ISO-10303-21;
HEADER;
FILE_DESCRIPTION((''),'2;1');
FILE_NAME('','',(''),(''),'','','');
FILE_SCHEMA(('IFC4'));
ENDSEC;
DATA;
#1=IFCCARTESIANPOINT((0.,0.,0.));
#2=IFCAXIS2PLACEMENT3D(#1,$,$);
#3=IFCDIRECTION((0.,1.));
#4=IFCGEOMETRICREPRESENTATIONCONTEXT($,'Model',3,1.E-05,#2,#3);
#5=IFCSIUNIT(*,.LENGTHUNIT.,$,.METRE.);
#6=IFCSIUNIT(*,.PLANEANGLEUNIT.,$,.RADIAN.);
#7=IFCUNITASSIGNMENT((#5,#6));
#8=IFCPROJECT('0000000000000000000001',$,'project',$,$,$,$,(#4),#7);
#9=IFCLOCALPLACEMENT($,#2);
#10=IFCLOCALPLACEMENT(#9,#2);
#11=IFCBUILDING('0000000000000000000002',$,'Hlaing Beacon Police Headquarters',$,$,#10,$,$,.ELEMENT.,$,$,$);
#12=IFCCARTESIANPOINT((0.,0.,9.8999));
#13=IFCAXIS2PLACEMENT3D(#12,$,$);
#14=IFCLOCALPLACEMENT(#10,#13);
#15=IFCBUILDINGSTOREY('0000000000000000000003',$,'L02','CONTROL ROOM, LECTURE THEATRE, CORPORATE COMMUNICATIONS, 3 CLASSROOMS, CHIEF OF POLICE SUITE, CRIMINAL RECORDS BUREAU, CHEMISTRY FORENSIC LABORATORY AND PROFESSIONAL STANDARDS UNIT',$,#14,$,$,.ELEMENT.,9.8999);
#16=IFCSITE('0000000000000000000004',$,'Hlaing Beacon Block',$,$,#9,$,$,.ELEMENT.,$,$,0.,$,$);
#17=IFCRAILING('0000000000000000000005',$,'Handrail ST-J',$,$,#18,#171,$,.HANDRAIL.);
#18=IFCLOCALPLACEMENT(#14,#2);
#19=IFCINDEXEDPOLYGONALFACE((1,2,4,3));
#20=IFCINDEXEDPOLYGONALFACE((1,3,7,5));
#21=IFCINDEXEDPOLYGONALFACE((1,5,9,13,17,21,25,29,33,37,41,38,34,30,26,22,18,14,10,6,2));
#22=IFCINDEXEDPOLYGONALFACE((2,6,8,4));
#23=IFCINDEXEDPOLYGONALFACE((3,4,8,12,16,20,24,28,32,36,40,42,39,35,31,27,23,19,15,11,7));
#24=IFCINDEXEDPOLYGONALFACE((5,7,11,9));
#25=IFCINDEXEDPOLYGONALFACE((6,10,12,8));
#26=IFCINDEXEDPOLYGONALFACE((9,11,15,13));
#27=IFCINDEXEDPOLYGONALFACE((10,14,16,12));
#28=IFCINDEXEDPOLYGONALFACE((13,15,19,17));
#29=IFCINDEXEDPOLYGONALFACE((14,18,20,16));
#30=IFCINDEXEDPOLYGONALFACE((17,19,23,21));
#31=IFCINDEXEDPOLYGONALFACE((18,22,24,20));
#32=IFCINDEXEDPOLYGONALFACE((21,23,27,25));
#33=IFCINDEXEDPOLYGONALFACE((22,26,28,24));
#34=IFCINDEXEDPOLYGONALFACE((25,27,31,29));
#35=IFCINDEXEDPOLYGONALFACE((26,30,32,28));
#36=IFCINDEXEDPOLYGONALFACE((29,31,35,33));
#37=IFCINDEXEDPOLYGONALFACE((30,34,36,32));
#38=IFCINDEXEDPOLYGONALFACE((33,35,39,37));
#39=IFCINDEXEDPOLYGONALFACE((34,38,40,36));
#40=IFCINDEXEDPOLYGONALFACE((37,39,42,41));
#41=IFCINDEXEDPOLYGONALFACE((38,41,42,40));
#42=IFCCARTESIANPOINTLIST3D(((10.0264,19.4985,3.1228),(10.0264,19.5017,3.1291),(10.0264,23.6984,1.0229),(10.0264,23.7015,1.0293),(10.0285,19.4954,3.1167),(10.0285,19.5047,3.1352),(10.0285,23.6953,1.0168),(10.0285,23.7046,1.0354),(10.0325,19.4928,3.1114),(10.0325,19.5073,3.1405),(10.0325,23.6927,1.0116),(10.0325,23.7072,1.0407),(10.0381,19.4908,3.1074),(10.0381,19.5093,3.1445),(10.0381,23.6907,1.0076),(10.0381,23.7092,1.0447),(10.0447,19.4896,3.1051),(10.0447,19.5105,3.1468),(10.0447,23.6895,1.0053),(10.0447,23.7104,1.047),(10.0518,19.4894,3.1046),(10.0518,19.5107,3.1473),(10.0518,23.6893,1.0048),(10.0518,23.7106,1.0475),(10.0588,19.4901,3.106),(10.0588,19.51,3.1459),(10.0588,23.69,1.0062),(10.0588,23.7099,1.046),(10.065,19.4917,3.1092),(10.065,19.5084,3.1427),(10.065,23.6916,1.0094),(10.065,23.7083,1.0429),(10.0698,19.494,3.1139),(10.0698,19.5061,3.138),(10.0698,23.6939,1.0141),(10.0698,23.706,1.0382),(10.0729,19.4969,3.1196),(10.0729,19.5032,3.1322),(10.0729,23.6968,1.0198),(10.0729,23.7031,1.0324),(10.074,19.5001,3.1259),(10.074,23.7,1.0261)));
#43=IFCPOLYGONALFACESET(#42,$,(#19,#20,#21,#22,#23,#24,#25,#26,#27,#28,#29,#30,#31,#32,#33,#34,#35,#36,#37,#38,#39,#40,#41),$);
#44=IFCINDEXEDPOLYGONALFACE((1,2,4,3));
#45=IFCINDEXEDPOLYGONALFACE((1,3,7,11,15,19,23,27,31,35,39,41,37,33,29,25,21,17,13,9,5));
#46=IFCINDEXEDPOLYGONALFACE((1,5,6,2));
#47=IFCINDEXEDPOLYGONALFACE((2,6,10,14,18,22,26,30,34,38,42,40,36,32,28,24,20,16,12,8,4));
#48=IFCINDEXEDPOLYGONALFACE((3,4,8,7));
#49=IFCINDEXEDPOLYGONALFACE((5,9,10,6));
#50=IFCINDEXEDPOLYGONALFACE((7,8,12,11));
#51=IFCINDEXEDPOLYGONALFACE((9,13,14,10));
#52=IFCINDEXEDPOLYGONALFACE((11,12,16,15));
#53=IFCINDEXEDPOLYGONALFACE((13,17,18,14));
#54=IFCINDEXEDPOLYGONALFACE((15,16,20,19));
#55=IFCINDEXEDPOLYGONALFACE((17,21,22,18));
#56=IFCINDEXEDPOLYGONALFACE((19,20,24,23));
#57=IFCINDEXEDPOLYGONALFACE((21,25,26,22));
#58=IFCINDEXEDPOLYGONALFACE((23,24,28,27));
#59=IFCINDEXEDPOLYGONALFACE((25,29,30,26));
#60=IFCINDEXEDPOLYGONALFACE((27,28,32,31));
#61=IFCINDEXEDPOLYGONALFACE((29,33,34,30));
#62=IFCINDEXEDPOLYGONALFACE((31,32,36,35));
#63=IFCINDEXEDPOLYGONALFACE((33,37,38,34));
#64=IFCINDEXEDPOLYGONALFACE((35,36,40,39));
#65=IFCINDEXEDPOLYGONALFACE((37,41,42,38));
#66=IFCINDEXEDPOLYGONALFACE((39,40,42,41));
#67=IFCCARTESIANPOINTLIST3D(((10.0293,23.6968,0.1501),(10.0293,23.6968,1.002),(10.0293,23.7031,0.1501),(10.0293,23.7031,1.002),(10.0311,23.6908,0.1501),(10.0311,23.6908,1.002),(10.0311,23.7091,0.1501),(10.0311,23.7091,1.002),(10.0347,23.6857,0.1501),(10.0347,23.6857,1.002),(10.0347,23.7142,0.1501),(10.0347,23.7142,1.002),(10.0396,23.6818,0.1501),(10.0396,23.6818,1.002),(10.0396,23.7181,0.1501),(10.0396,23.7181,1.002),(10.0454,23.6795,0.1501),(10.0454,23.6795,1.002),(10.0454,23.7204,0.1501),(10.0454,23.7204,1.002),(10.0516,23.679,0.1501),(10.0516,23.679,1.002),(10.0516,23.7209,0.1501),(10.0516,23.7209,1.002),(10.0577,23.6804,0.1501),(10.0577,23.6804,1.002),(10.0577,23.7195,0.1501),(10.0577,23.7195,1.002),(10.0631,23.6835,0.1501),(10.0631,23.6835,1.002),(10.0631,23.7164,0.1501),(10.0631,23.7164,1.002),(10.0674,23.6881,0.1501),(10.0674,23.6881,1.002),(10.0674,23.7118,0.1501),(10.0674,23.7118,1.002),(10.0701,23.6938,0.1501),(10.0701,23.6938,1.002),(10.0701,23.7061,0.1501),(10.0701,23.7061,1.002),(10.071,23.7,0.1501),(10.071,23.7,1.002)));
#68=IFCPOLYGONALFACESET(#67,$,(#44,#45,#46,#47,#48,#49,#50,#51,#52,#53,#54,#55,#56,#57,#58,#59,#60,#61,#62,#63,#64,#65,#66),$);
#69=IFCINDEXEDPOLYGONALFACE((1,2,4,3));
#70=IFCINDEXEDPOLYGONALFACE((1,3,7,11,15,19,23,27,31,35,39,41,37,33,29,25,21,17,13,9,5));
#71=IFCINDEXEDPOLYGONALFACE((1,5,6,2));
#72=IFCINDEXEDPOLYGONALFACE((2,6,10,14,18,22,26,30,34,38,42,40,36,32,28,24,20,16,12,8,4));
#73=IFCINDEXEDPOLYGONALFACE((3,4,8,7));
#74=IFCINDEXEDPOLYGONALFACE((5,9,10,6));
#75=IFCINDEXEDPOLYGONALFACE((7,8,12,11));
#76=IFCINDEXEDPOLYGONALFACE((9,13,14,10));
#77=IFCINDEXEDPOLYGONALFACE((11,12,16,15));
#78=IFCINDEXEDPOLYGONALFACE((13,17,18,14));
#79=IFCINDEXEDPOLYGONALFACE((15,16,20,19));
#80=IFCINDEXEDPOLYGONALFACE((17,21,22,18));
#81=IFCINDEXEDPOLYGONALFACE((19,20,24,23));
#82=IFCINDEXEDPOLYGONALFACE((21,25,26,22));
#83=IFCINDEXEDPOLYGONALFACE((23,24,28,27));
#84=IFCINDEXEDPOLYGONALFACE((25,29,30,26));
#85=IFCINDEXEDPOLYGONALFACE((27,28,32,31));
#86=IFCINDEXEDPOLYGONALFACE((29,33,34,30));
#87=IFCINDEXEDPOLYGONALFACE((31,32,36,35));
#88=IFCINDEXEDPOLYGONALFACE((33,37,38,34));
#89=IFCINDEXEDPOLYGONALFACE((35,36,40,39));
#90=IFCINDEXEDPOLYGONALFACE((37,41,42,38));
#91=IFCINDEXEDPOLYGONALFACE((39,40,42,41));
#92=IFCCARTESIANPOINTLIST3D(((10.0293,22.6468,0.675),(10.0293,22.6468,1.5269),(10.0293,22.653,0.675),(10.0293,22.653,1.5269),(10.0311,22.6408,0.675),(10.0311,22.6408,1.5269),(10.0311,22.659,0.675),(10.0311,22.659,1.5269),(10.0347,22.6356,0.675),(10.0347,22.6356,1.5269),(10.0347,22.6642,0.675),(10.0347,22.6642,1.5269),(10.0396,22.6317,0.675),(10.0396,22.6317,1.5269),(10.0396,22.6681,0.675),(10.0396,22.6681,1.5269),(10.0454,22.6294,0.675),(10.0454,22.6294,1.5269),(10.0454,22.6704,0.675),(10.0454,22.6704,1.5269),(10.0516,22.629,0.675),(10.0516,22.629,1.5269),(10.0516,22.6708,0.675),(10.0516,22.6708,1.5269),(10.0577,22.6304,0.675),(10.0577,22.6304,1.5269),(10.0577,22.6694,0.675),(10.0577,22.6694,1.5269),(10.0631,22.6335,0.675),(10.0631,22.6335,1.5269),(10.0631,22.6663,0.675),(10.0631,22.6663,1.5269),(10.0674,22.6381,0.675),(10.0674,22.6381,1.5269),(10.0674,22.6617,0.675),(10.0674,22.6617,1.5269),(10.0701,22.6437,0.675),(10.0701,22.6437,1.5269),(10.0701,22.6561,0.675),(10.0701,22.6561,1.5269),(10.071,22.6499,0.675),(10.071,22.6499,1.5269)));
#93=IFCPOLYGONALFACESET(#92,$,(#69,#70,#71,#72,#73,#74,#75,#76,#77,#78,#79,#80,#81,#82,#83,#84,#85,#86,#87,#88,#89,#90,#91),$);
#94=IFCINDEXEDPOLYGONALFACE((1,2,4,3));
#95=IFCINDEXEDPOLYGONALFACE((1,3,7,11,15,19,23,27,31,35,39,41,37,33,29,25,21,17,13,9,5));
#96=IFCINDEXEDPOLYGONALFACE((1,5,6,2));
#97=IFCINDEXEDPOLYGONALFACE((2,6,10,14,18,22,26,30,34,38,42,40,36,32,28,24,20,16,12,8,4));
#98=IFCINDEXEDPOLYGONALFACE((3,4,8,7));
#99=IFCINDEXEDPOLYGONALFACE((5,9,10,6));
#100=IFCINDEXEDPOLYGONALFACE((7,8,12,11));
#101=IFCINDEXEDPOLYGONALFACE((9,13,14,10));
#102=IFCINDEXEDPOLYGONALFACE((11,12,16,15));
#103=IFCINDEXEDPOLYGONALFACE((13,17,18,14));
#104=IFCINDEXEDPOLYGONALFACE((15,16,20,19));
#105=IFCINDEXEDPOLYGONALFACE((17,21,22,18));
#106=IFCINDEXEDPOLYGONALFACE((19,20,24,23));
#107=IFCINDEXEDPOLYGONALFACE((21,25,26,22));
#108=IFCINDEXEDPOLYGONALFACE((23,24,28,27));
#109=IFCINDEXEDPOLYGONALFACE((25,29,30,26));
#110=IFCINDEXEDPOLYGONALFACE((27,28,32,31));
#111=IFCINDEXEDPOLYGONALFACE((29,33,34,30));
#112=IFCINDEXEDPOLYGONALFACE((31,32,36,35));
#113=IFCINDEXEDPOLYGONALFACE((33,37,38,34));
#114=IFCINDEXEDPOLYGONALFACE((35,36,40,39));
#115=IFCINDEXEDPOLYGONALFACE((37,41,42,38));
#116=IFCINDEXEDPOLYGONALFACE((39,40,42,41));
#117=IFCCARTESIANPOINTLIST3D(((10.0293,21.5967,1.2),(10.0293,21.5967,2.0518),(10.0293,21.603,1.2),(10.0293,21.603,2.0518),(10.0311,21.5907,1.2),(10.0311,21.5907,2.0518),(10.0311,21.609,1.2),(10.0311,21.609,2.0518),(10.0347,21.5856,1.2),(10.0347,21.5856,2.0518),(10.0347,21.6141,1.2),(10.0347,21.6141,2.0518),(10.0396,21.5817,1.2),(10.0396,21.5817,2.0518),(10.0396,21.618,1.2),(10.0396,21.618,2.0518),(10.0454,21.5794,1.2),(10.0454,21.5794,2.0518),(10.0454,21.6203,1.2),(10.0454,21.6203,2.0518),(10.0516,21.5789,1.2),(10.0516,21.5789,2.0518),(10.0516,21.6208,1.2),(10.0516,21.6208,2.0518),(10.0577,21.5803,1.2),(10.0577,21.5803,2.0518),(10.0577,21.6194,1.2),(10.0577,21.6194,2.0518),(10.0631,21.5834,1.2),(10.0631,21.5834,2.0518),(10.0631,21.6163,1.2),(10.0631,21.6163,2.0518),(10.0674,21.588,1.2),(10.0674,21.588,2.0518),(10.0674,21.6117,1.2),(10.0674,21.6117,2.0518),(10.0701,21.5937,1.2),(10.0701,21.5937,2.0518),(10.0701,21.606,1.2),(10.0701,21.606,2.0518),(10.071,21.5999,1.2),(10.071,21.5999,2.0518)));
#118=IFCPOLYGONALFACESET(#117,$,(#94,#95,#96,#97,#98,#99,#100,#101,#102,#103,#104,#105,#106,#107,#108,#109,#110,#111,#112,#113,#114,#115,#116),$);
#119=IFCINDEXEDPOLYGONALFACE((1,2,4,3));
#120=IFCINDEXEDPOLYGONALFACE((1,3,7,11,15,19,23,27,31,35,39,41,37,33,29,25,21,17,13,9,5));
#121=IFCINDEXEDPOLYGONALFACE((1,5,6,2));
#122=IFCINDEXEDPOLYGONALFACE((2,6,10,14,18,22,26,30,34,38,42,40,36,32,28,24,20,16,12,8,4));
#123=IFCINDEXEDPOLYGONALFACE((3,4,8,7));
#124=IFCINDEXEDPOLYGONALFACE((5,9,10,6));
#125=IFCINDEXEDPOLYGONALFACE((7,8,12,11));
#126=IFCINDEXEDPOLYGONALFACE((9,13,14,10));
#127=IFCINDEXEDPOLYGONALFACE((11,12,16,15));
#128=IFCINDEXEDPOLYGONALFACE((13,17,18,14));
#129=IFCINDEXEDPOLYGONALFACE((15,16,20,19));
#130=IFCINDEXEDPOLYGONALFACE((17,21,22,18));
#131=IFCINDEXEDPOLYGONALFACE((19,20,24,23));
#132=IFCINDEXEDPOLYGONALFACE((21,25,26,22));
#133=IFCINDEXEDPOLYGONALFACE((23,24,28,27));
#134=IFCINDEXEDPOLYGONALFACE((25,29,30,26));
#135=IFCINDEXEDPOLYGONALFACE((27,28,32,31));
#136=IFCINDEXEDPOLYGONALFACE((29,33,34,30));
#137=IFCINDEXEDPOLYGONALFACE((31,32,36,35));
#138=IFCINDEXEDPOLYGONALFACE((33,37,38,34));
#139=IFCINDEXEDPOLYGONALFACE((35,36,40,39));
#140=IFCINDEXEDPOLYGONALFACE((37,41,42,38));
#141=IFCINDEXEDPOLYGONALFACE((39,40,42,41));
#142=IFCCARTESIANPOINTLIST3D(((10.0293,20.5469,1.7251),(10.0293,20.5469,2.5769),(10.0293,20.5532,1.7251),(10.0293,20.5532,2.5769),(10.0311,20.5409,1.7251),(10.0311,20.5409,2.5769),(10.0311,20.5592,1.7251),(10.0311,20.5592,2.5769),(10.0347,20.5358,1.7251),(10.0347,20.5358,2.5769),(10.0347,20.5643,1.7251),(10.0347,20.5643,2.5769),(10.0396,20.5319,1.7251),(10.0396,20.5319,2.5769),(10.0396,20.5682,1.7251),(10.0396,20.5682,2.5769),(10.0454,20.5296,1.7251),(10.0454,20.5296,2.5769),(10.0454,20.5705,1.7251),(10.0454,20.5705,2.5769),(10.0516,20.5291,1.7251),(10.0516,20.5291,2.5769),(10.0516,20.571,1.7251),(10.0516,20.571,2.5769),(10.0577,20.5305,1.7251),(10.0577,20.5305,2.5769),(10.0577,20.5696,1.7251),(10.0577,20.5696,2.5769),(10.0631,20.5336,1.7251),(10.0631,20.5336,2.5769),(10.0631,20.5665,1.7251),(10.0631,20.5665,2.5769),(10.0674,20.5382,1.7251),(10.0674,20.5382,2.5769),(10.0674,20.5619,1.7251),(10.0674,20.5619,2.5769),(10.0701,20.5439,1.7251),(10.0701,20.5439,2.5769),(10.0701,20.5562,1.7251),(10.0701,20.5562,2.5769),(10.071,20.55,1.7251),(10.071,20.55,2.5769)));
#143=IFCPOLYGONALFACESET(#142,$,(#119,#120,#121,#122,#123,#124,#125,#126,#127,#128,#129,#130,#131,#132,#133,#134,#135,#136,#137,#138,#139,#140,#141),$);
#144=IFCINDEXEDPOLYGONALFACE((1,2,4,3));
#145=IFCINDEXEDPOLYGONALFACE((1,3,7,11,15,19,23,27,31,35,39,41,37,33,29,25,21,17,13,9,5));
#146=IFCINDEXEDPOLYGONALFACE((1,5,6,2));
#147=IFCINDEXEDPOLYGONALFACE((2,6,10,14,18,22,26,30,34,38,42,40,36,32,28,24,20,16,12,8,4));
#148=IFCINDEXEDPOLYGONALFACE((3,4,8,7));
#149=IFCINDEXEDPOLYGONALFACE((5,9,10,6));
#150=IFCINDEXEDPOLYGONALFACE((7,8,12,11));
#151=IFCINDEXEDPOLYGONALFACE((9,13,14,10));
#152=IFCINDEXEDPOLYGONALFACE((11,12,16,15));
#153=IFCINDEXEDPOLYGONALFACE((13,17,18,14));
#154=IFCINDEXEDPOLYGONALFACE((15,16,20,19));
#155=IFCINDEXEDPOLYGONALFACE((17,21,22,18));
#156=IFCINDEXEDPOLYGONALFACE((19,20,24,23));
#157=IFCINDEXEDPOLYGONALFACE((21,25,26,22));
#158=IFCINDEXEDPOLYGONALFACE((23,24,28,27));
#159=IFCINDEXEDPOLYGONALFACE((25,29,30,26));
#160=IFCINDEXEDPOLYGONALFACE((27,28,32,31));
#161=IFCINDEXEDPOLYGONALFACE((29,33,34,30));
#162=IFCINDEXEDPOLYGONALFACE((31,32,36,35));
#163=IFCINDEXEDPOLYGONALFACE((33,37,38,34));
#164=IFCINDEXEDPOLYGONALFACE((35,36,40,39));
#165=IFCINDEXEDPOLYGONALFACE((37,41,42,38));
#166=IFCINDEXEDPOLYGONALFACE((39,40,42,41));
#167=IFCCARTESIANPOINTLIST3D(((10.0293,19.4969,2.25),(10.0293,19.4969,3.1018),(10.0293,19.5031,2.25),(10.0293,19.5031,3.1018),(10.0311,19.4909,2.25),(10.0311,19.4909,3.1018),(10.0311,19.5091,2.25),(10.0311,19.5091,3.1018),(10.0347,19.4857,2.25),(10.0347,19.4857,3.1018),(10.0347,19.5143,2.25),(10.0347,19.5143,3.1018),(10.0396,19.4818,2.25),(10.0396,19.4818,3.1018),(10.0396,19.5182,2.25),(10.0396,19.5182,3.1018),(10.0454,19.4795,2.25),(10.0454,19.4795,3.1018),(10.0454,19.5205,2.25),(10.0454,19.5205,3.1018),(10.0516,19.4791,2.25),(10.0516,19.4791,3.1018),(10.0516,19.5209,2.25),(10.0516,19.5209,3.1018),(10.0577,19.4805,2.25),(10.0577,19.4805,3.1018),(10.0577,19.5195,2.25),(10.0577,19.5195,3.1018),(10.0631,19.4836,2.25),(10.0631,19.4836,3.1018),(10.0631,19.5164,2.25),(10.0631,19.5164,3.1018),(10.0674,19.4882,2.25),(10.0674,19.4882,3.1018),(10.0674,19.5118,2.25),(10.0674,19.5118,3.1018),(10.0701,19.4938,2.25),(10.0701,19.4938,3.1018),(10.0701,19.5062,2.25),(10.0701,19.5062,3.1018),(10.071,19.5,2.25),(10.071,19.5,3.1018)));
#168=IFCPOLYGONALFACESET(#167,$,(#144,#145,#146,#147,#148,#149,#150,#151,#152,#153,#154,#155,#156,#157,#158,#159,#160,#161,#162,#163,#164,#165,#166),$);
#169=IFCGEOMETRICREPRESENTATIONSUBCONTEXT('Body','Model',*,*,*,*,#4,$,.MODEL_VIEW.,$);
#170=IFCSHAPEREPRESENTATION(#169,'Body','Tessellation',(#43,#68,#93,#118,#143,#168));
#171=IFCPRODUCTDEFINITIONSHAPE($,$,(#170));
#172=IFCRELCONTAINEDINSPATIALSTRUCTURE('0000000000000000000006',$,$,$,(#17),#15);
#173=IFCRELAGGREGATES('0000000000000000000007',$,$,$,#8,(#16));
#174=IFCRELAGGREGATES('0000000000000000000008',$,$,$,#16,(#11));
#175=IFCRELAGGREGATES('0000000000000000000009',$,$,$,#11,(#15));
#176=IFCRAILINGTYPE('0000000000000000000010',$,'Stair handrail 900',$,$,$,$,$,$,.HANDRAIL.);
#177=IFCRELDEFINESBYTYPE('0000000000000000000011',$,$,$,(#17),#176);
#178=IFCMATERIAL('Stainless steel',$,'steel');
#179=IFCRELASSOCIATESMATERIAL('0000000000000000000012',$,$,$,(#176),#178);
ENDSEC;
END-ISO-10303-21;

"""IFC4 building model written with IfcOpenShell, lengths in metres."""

from ifc_helpers import new_model, si_unit, direction, frame, origin, origin_2d, place, context, subcontext, project, spatial, circle, extrude, material, type_object, element, save


model = new_model("IFC4")

# Units and contexts
model_context = context("Model", 3, precision=1e-05, world=origin(), true_north=direction((0.0, 1.0)))
body_context = subcontext(model_context, "Body", "Model", "MODEL_VIEW")
ifc_project = project(units=[si_unit("LENGTHUNIT", "METRE"), si_unit("PLANEANGLEUNIT", "RADIAN")], contexts=[model_context])

# Site, building, storey
site_placement = place(None, origin())
site = spatial("IfcSite", under=ifc_project, at=site_placement, Name="Hlaing Beacon Block", CompositionType="ELEMENT", RefElevation=0.0)
building_placement = place(site_placement, origin())
building = spatial("IfcBuilding", under=site, at=building_placement, Name="Hlaing Beacon Police Headquarters", CompositionType="ELEMENT")
storey_placement = place(building_placement, frame((0.0, 0.0, 9.8999)))
storey = spatial("IfcBuildingStorey", under=building, at=storey_placement, Name="L02", Description="CONTROL ROOM, LECTURE THEATRE, CORPORATE COMMUNICATIONS, 3 CLASSROOMS, CHIEF OF POLICE SUITE, CRIMINAL RECORDS BUREAU, CHEMISTRY FORENSIC LABORATORY AND PROFESSIONAL STANDARDS UNIT", CompositionType="ELEMENT", Elevation=9.8999)

# Railing
ifc_material_1 = material(Name="Stainless steel", Category="steel")
railing_type_1 = type_object("IfcRailingType", Name="Stair handrail 900", PredefinedType="HANDRAIL", material=ifc_material_1)
for number, where, name in (
    (1, (10.05, 23.7, 0.1501), "Handrail ST-J"),
):
    element("IfcRailing", number, at=place(storey_placement, frame(where)), inside=storey, type_object=railing_type_1, Name=name, PredefinedType="HANDRAIL", context=body_context, shape_type="SweptSolid", body=[
        extrude(circle(Radius=0.0239, at=origin_2d()), frame((0.0, 0.0, 0.876), z_axis=(0.0, -0.894438, 0.447193), x_axis=(1.0, 0.0, 0.0)), (0.0, 0.0, 1.0), 4.6956),
        extrude(circle(Radius=0.021, at=origin_2d()), origin(), (0.0, 0.0, 1.0), 0.8518),
        extrude(circle(Radius=0.021, at=origin_2d()), frame((0.0, -1.05, 0.5249)), (0.0, 0.0, 1.0), 0.8518),
        extrude(circle(Radius=0.021, at=origin_2d()), frame((0.0, -2.1001, 1.0498)), (0.0, 0.0, 1.0), 0.8518),
        extrude(circle(Radius=0.021, at=origin_2d()), frame((0.0, -3.1499, 1.575)), (0.0, 0.0, 1.0), 0.8518),
        extrude(circle(Radius=0.021, at=origin_2d()), frame((0.0, -4.2, 2.0999)), (0.0, 0.0, 1.0), 0.8518),
    ])

save(model, "model.ifc")
